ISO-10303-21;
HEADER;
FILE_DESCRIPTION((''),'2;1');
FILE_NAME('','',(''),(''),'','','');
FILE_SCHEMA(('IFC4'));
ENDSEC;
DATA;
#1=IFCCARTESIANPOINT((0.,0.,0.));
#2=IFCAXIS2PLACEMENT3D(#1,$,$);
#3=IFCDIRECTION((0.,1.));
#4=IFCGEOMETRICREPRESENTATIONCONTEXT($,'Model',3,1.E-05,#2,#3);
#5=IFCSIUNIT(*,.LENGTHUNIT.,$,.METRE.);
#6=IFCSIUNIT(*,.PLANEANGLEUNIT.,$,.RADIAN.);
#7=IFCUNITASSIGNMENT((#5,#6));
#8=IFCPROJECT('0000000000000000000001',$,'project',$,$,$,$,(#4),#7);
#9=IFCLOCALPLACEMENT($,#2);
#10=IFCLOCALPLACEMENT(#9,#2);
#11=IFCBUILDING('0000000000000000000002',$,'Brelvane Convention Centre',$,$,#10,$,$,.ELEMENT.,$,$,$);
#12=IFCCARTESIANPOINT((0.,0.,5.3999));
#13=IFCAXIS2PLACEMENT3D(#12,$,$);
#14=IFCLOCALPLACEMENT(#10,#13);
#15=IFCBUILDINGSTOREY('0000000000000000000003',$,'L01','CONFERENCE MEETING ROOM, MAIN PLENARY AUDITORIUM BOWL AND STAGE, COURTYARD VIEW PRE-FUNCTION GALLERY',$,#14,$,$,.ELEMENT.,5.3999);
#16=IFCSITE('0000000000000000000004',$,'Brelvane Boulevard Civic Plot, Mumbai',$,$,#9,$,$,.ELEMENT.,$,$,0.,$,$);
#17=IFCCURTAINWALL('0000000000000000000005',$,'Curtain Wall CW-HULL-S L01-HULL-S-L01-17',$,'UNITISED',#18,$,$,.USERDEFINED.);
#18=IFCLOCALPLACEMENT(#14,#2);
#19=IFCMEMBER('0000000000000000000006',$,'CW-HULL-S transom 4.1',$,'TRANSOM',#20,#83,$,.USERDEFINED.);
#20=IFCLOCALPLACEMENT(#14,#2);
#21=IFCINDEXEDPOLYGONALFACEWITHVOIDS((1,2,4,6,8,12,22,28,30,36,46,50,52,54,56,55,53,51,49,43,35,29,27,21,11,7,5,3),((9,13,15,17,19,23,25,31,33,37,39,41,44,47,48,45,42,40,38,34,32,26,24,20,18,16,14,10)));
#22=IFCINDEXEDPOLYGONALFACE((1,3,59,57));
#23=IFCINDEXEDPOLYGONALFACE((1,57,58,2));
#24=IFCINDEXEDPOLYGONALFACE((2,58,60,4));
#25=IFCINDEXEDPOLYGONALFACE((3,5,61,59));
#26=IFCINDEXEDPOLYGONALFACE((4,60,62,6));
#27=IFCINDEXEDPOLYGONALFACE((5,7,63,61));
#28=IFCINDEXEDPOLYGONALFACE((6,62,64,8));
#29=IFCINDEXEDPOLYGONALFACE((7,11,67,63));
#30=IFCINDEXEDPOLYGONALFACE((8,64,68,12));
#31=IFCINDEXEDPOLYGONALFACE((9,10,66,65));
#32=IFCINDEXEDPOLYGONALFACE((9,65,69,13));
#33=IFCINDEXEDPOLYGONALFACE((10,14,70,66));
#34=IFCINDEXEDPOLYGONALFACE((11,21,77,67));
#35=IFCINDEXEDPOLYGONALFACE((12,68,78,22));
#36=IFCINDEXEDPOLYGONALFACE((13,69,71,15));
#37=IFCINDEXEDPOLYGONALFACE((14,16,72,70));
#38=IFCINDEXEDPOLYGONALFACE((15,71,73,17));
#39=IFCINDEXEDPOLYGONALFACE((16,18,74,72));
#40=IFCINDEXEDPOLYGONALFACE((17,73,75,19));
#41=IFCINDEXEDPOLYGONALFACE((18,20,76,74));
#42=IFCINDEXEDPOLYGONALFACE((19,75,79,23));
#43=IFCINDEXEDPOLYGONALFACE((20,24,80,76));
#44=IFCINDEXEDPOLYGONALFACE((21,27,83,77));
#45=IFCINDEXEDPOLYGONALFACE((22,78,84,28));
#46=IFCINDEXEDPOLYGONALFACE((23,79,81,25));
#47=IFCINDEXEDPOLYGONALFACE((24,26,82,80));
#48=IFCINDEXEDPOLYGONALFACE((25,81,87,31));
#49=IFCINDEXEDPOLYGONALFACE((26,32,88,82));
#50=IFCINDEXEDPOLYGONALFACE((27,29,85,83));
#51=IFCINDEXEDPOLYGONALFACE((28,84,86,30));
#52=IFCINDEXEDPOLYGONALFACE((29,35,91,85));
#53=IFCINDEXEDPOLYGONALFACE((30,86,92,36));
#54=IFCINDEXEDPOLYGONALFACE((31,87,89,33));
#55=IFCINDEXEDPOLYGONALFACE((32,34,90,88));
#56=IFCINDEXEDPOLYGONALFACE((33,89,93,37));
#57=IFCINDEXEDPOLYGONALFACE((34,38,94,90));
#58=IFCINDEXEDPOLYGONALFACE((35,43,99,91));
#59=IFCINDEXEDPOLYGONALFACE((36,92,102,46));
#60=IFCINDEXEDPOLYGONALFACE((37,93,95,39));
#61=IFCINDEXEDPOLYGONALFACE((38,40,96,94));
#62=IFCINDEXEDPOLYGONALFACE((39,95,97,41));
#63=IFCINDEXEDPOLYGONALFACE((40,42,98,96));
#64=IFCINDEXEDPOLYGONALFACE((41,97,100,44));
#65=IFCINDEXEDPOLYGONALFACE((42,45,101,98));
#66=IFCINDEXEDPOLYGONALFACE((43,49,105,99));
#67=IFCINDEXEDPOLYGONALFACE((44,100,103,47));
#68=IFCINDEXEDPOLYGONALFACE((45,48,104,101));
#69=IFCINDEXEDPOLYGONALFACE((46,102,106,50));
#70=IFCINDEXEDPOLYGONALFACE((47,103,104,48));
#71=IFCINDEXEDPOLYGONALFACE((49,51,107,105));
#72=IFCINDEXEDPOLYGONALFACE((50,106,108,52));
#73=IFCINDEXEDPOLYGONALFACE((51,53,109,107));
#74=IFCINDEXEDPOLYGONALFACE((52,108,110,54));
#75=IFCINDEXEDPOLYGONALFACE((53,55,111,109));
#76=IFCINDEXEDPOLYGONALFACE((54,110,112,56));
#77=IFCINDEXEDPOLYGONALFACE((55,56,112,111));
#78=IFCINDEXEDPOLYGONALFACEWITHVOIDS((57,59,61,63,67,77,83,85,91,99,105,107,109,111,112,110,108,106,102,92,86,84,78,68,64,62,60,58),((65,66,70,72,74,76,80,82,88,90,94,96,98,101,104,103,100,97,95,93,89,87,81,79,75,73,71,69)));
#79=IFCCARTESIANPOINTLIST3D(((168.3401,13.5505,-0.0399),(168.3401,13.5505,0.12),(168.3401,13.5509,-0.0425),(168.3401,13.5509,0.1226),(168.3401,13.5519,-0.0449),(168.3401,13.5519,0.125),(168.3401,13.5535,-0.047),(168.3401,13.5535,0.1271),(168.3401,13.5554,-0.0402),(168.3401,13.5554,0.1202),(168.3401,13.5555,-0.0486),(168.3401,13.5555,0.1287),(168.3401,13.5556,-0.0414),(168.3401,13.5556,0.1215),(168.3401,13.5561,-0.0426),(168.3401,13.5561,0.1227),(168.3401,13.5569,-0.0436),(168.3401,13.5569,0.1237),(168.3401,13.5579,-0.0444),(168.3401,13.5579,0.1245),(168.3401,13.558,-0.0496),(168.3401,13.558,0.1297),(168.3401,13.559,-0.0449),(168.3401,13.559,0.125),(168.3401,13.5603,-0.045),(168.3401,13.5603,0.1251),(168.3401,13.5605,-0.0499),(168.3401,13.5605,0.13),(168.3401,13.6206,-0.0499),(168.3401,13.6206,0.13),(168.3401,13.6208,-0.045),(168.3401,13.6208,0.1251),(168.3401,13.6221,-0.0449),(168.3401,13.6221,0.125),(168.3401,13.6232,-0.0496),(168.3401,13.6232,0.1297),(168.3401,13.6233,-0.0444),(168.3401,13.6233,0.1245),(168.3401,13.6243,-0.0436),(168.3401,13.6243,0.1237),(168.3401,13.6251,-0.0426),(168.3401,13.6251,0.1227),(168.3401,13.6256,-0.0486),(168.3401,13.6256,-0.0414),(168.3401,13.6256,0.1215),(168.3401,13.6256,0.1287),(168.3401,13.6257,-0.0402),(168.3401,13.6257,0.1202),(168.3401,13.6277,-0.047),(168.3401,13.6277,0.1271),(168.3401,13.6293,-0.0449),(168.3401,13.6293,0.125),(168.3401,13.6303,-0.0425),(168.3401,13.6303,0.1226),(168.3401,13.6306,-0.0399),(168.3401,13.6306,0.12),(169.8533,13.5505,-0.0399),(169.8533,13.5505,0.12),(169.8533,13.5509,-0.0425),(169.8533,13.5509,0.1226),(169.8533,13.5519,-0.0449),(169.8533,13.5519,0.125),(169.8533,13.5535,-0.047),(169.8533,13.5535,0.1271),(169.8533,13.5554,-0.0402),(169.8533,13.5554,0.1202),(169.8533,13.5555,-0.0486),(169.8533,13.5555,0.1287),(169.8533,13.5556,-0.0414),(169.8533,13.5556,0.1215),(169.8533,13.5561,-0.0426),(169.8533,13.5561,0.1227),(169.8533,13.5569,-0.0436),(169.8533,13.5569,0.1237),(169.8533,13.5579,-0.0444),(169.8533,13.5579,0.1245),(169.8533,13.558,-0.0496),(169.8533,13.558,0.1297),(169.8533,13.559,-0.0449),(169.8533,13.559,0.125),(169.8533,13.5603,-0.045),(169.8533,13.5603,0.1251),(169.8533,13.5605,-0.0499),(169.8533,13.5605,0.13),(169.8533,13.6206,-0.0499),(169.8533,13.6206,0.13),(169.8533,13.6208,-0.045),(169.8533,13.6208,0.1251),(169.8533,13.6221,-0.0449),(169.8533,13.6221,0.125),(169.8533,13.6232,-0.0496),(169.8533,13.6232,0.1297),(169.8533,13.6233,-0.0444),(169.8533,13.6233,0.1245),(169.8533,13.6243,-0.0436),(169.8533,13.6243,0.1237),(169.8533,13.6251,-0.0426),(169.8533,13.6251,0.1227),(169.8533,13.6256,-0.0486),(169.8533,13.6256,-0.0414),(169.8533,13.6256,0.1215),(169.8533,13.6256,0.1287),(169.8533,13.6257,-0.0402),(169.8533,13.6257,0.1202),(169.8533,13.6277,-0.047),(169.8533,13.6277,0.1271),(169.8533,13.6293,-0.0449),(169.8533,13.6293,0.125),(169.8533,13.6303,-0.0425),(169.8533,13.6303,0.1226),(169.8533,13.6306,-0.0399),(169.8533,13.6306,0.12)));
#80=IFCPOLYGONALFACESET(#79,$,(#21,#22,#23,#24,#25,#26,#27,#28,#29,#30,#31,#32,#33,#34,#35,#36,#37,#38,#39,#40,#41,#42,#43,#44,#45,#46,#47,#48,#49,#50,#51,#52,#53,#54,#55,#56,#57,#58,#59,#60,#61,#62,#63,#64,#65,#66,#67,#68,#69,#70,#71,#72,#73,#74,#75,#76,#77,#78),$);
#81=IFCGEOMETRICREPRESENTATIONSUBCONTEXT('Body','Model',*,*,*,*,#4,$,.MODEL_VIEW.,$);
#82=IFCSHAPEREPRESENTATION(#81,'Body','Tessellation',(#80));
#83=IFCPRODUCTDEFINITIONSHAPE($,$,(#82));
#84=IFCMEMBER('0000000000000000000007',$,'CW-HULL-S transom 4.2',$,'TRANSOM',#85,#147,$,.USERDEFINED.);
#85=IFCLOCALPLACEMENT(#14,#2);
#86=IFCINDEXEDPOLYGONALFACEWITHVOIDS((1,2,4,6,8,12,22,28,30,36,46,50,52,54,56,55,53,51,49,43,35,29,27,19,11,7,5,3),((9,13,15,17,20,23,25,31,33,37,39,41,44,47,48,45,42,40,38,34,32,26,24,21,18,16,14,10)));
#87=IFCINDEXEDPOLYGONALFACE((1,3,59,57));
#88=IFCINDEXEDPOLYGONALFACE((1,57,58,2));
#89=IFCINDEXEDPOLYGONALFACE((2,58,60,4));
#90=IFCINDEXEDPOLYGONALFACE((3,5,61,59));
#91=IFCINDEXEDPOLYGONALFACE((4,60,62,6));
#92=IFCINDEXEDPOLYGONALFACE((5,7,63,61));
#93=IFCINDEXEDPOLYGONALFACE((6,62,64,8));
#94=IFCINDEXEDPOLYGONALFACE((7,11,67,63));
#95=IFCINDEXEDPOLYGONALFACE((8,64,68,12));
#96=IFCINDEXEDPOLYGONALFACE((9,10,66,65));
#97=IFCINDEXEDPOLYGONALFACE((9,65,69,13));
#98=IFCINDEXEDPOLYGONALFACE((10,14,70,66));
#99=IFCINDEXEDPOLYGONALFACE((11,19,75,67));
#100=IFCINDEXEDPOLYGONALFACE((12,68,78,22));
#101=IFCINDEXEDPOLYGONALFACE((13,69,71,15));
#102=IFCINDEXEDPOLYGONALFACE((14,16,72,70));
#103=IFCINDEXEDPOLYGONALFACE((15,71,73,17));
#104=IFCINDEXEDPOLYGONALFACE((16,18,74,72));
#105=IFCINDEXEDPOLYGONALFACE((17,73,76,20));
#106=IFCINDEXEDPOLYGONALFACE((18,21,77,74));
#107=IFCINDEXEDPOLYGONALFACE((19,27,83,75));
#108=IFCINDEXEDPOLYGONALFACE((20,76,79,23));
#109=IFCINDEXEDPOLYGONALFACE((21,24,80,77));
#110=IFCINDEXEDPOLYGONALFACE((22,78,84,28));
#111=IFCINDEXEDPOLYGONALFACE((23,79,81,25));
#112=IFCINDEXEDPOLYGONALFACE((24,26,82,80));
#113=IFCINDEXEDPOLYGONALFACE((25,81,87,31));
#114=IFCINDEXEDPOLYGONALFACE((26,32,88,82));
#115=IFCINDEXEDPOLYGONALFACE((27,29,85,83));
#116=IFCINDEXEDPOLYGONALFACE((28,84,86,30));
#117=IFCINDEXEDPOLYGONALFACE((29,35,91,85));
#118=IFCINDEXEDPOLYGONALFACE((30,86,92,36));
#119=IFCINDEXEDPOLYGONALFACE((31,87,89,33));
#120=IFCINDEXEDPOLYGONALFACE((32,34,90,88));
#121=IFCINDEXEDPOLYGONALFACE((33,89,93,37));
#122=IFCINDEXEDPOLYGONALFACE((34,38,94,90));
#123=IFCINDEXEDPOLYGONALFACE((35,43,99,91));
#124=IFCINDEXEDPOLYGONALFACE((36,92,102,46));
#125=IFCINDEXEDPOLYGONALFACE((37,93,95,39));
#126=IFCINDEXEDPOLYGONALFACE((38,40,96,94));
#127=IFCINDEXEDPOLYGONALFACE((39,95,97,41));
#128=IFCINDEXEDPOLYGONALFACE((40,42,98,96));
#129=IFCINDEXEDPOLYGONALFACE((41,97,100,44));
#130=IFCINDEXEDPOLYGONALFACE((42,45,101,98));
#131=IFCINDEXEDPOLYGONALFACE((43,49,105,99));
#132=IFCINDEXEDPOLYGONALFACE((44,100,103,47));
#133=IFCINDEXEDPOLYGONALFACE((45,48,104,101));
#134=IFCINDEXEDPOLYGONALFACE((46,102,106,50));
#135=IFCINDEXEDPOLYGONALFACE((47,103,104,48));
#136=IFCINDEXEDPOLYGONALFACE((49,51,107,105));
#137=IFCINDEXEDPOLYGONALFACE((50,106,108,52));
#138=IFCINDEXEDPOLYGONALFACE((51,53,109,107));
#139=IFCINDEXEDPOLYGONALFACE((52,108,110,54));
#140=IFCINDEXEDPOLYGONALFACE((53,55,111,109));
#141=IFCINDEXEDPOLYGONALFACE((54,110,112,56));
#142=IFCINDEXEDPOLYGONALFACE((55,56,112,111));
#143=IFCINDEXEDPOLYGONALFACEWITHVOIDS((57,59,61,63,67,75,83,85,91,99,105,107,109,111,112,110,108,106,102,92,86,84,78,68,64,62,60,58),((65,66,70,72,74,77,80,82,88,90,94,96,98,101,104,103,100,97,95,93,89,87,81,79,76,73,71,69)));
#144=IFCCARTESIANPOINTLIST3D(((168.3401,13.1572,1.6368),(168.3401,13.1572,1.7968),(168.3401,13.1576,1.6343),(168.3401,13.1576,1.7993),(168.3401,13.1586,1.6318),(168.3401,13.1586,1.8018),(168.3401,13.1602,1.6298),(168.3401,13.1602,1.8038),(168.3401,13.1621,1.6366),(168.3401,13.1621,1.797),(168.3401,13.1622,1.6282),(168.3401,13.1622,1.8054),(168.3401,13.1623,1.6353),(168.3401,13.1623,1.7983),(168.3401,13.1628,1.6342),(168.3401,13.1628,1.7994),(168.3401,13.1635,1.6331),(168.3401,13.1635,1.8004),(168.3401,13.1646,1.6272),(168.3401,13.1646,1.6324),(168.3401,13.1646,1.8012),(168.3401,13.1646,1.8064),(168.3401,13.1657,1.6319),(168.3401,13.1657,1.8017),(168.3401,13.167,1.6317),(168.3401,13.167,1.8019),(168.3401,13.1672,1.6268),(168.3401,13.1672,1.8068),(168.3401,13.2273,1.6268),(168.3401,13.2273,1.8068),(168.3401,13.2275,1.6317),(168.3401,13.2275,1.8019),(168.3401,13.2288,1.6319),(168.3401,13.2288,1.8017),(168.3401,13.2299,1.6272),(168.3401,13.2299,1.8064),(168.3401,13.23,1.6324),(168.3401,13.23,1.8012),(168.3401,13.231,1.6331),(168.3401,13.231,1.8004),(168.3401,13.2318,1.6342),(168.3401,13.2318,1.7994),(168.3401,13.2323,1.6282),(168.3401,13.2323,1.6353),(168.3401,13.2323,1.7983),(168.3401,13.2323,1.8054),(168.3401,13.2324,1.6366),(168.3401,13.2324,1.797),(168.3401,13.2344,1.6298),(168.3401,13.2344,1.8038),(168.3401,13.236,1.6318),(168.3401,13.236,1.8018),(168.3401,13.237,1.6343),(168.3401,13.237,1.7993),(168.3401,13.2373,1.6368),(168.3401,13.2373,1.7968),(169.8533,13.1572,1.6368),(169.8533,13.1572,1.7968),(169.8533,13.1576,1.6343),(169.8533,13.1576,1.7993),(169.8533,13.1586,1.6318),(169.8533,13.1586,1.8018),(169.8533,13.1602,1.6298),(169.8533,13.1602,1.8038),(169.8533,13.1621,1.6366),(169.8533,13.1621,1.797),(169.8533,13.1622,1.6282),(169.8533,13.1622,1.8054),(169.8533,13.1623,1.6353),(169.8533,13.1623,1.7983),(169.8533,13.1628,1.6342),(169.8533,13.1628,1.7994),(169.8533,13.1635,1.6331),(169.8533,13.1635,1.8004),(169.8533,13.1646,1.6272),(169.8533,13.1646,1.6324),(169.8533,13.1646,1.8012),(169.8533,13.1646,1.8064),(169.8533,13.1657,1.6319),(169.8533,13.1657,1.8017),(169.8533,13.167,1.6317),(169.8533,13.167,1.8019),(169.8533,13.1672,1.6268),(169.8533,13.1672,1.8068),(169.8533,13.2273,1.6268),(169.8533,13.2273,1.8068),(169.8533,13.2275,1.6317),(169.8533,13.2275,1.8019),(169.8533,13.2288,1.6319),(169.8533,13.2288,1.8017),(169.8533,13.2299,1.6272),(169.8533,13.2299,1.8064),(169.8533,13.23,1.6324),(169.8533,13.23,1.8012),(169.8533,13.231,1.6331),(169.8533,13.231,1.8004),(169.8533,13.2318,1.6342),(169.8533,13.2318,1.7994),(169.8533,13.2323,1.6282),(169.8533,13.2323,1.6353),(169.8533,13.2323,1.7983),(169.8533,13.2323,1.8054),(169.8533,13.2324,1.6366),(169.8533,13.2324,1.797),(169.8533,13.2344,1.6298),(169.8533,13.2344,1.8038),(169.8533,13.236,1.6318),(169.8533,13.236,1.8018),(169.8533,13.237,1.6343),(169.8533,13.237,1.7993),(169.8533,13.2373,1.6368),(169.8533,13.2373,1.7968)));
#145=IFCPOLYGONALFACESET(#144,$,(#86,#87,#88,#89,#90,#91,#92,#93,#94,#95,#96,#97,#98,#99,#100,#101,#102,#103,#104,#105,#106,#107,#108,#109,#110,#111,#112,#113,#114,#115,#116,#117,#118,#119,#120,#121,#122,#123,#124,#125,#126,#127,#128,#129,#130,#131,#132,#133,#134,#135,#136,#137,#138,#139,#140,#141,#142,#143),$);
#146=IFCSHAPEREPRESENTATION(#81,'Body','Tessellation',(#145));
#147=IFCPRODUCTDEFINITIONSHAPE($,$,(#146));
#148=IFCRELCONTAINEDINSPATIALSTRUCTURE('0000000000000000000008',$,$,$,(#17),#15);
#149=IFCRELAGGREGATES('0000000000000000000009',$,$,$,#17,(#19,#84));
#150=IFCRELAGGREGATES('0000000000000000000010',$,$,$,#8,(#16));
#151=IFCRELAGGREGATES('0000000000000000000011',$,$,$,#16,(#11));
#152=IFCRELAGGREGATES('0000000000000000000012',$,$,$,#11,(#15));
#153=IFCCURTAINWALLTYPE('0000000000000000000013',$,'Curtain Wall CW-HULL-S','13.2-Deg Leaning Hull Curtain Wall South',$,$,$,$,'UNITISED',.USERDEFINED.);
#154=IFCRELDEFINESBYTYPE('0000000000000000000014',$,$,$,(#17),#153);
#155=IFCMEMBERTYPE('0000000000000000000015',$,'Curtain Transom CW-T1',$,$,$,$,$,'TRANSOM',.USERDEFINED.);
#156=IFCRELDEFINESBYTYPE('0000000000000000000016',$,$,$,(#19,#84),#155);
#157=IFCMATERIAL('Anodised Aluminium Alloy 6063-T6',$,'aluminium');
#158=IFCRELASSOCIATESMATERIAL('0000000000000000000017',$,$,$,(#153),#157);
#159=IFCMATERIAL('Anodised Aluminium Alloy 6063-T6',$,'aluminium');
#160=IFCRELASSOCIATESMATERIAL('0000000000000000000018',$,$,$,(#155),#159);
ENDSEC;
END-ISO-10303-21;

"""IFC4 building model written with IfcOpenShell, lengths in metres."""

from ifc_helpers import new_model, si_unit, direction, frame, origin, origin_2d, place, context, subcontext, project, spatial, hollow_rectangle, extrude, material, material_profile, profile_set, type_object, element, aggregate, save


model = new_model("IFC4")

# Units and contexts
model_context = context("Model", 3, precision=1e-05, world=origin(), true_north=direction((0.0, 1.0)))
body_context = subcontext(model_context, "Body", "Model", "MODEL_VIEW")
ifc_project = project(units=[si_unit("LENGTHUNIT", "METRE"), si_unit("PLANEANGLEUNIT", "RADIAN")], contexts=[model_context])

# Site, building, storey
site_placement = place(None, origin())
site = spatial("IfcSite", under=ifc_project, at=site_placement, Name="Brelvane Boulevard Civic Plot, Mumbai", CompositionType="ELEMENT", RefElevation=0.0)
building_placement = place(site_placement, origin())
building = spatial("IfcBuilding", under=site, at=building_placement, Name="Brelvane Convention Centre", CompositionType="ELEMENT")
storey_placement = place(building_placement, frame((0.0, 0.0, 5.3999)))
storey = spatial("IfcBuildingStorey", under=building, at=storey_placement, Name="L01", Description="CONFERENCE MEETING ROOM, MAIN PLENARY AUDITORIUM BOWL AND STAGE, COURTYARD VIEW PRE-FUNCTION GALLERY", CompositionType="ELEMENT", Elevation=5.3999)

# Curtain wall, members
ifc_material_1 = material(Name="Anodised Aluminium Alloy 6063-T6", Category="aluminium")
curtain_wall_type = type_object("IfcCurtainWallType", Name="Curtain Wall CW-HULL-S", Description="13.2-Deg Leaning Hull Curtain Wall South", ElementType="UNITISED", PredefinedType="USERDEFINED", material=ifc_material_1)
ifc_material_2 = material(Name="Anodised Aluminium Alloy 6063-T6", Category="aluminium")
ifc_material_profile = material_profile(ifc_material_2, hollow_rectangle(XDim=0.0801, YDim=0.1799, WallThickness=0.0049, InnerFilletRadius=0.0049, OuterFilletRadius=0.01, at=origin_2d()), Name="ALU-T 180x80x5.0")
ifc_profile_set = profile_set([ifc_material_profile], Name="Anodised Aluminium Alloy 6063-T6")
member_type = type_object("IfcMemberType", Name="Curtain Transom CW-T1", ElementType="TRANSOM", PredefinedType="USERDEFINED", material=ifc_profile_set)
curtain_wall_1_placement = place(storey_placement, origin())
curtain_wall_1 = element("IfcCurtainWall", 1, at=curtain_wall_1_placement, inside=storey, type_object=curtain_wall_type, Name="Curtain Wall CW-HULL-S L01-HULL-S-L01-17", ObjectType="UNITISED", PredefinedType="USERDEFINED")
member_1_placement = place(storey_placement, frame((168.3401, 13.5906, 0.04), z_axis=(1.0, 0.0, 0.0), x_axis=(0.0, 1.0, 0.0)))
member_1 = element("IfcMember", 2, at=member_1_placement, type_object=member_type, Name="CW-HULL-S transom 4.1", ObjectType="TRANSOM", PredefinedType="USERDEFINED", context=body_context, shape_type="SweptSolid", body=[
    extrude(hollow_rectangle(XDim=0.0801, YDim=0.1799, WallThickness=0.0049, InnerFilletRadius=0.0049, OuterFilletRadius=0.01, at=origin_2d()), origin(), (0.0, 0.0, 1.0), 1.5132),
])
member_2_placement = place(storey_placement, frame((168.3401, 13.1973, 1.7168), z_axis=(1.0, 0.0, 0.0), x_axis=(0.0, 1.0, 0.0)))
member_2 = element("IfcMember", 3, at=member_2_placement, type_object=member_type, Name="CW-HULL-S transom 4.2", ObjectType="TRANSOM", PredefinedType="USERDEFINED", context=body_context, shape_type="SweptSolid", body=[
    extrude(hollow_rectangle(XDim=0.0801, YDim=0.1799, WallThickness=0.0049, InnerFilletRadius=0.0049, OuterFilletRadius=0.01, at=origin_2d()), origin(), (0.0, 0.0, 1.0), 1.5132),
])

aggregate(curtain_wall_1, [member_1, member_2])

save(model, "model.ifc")
